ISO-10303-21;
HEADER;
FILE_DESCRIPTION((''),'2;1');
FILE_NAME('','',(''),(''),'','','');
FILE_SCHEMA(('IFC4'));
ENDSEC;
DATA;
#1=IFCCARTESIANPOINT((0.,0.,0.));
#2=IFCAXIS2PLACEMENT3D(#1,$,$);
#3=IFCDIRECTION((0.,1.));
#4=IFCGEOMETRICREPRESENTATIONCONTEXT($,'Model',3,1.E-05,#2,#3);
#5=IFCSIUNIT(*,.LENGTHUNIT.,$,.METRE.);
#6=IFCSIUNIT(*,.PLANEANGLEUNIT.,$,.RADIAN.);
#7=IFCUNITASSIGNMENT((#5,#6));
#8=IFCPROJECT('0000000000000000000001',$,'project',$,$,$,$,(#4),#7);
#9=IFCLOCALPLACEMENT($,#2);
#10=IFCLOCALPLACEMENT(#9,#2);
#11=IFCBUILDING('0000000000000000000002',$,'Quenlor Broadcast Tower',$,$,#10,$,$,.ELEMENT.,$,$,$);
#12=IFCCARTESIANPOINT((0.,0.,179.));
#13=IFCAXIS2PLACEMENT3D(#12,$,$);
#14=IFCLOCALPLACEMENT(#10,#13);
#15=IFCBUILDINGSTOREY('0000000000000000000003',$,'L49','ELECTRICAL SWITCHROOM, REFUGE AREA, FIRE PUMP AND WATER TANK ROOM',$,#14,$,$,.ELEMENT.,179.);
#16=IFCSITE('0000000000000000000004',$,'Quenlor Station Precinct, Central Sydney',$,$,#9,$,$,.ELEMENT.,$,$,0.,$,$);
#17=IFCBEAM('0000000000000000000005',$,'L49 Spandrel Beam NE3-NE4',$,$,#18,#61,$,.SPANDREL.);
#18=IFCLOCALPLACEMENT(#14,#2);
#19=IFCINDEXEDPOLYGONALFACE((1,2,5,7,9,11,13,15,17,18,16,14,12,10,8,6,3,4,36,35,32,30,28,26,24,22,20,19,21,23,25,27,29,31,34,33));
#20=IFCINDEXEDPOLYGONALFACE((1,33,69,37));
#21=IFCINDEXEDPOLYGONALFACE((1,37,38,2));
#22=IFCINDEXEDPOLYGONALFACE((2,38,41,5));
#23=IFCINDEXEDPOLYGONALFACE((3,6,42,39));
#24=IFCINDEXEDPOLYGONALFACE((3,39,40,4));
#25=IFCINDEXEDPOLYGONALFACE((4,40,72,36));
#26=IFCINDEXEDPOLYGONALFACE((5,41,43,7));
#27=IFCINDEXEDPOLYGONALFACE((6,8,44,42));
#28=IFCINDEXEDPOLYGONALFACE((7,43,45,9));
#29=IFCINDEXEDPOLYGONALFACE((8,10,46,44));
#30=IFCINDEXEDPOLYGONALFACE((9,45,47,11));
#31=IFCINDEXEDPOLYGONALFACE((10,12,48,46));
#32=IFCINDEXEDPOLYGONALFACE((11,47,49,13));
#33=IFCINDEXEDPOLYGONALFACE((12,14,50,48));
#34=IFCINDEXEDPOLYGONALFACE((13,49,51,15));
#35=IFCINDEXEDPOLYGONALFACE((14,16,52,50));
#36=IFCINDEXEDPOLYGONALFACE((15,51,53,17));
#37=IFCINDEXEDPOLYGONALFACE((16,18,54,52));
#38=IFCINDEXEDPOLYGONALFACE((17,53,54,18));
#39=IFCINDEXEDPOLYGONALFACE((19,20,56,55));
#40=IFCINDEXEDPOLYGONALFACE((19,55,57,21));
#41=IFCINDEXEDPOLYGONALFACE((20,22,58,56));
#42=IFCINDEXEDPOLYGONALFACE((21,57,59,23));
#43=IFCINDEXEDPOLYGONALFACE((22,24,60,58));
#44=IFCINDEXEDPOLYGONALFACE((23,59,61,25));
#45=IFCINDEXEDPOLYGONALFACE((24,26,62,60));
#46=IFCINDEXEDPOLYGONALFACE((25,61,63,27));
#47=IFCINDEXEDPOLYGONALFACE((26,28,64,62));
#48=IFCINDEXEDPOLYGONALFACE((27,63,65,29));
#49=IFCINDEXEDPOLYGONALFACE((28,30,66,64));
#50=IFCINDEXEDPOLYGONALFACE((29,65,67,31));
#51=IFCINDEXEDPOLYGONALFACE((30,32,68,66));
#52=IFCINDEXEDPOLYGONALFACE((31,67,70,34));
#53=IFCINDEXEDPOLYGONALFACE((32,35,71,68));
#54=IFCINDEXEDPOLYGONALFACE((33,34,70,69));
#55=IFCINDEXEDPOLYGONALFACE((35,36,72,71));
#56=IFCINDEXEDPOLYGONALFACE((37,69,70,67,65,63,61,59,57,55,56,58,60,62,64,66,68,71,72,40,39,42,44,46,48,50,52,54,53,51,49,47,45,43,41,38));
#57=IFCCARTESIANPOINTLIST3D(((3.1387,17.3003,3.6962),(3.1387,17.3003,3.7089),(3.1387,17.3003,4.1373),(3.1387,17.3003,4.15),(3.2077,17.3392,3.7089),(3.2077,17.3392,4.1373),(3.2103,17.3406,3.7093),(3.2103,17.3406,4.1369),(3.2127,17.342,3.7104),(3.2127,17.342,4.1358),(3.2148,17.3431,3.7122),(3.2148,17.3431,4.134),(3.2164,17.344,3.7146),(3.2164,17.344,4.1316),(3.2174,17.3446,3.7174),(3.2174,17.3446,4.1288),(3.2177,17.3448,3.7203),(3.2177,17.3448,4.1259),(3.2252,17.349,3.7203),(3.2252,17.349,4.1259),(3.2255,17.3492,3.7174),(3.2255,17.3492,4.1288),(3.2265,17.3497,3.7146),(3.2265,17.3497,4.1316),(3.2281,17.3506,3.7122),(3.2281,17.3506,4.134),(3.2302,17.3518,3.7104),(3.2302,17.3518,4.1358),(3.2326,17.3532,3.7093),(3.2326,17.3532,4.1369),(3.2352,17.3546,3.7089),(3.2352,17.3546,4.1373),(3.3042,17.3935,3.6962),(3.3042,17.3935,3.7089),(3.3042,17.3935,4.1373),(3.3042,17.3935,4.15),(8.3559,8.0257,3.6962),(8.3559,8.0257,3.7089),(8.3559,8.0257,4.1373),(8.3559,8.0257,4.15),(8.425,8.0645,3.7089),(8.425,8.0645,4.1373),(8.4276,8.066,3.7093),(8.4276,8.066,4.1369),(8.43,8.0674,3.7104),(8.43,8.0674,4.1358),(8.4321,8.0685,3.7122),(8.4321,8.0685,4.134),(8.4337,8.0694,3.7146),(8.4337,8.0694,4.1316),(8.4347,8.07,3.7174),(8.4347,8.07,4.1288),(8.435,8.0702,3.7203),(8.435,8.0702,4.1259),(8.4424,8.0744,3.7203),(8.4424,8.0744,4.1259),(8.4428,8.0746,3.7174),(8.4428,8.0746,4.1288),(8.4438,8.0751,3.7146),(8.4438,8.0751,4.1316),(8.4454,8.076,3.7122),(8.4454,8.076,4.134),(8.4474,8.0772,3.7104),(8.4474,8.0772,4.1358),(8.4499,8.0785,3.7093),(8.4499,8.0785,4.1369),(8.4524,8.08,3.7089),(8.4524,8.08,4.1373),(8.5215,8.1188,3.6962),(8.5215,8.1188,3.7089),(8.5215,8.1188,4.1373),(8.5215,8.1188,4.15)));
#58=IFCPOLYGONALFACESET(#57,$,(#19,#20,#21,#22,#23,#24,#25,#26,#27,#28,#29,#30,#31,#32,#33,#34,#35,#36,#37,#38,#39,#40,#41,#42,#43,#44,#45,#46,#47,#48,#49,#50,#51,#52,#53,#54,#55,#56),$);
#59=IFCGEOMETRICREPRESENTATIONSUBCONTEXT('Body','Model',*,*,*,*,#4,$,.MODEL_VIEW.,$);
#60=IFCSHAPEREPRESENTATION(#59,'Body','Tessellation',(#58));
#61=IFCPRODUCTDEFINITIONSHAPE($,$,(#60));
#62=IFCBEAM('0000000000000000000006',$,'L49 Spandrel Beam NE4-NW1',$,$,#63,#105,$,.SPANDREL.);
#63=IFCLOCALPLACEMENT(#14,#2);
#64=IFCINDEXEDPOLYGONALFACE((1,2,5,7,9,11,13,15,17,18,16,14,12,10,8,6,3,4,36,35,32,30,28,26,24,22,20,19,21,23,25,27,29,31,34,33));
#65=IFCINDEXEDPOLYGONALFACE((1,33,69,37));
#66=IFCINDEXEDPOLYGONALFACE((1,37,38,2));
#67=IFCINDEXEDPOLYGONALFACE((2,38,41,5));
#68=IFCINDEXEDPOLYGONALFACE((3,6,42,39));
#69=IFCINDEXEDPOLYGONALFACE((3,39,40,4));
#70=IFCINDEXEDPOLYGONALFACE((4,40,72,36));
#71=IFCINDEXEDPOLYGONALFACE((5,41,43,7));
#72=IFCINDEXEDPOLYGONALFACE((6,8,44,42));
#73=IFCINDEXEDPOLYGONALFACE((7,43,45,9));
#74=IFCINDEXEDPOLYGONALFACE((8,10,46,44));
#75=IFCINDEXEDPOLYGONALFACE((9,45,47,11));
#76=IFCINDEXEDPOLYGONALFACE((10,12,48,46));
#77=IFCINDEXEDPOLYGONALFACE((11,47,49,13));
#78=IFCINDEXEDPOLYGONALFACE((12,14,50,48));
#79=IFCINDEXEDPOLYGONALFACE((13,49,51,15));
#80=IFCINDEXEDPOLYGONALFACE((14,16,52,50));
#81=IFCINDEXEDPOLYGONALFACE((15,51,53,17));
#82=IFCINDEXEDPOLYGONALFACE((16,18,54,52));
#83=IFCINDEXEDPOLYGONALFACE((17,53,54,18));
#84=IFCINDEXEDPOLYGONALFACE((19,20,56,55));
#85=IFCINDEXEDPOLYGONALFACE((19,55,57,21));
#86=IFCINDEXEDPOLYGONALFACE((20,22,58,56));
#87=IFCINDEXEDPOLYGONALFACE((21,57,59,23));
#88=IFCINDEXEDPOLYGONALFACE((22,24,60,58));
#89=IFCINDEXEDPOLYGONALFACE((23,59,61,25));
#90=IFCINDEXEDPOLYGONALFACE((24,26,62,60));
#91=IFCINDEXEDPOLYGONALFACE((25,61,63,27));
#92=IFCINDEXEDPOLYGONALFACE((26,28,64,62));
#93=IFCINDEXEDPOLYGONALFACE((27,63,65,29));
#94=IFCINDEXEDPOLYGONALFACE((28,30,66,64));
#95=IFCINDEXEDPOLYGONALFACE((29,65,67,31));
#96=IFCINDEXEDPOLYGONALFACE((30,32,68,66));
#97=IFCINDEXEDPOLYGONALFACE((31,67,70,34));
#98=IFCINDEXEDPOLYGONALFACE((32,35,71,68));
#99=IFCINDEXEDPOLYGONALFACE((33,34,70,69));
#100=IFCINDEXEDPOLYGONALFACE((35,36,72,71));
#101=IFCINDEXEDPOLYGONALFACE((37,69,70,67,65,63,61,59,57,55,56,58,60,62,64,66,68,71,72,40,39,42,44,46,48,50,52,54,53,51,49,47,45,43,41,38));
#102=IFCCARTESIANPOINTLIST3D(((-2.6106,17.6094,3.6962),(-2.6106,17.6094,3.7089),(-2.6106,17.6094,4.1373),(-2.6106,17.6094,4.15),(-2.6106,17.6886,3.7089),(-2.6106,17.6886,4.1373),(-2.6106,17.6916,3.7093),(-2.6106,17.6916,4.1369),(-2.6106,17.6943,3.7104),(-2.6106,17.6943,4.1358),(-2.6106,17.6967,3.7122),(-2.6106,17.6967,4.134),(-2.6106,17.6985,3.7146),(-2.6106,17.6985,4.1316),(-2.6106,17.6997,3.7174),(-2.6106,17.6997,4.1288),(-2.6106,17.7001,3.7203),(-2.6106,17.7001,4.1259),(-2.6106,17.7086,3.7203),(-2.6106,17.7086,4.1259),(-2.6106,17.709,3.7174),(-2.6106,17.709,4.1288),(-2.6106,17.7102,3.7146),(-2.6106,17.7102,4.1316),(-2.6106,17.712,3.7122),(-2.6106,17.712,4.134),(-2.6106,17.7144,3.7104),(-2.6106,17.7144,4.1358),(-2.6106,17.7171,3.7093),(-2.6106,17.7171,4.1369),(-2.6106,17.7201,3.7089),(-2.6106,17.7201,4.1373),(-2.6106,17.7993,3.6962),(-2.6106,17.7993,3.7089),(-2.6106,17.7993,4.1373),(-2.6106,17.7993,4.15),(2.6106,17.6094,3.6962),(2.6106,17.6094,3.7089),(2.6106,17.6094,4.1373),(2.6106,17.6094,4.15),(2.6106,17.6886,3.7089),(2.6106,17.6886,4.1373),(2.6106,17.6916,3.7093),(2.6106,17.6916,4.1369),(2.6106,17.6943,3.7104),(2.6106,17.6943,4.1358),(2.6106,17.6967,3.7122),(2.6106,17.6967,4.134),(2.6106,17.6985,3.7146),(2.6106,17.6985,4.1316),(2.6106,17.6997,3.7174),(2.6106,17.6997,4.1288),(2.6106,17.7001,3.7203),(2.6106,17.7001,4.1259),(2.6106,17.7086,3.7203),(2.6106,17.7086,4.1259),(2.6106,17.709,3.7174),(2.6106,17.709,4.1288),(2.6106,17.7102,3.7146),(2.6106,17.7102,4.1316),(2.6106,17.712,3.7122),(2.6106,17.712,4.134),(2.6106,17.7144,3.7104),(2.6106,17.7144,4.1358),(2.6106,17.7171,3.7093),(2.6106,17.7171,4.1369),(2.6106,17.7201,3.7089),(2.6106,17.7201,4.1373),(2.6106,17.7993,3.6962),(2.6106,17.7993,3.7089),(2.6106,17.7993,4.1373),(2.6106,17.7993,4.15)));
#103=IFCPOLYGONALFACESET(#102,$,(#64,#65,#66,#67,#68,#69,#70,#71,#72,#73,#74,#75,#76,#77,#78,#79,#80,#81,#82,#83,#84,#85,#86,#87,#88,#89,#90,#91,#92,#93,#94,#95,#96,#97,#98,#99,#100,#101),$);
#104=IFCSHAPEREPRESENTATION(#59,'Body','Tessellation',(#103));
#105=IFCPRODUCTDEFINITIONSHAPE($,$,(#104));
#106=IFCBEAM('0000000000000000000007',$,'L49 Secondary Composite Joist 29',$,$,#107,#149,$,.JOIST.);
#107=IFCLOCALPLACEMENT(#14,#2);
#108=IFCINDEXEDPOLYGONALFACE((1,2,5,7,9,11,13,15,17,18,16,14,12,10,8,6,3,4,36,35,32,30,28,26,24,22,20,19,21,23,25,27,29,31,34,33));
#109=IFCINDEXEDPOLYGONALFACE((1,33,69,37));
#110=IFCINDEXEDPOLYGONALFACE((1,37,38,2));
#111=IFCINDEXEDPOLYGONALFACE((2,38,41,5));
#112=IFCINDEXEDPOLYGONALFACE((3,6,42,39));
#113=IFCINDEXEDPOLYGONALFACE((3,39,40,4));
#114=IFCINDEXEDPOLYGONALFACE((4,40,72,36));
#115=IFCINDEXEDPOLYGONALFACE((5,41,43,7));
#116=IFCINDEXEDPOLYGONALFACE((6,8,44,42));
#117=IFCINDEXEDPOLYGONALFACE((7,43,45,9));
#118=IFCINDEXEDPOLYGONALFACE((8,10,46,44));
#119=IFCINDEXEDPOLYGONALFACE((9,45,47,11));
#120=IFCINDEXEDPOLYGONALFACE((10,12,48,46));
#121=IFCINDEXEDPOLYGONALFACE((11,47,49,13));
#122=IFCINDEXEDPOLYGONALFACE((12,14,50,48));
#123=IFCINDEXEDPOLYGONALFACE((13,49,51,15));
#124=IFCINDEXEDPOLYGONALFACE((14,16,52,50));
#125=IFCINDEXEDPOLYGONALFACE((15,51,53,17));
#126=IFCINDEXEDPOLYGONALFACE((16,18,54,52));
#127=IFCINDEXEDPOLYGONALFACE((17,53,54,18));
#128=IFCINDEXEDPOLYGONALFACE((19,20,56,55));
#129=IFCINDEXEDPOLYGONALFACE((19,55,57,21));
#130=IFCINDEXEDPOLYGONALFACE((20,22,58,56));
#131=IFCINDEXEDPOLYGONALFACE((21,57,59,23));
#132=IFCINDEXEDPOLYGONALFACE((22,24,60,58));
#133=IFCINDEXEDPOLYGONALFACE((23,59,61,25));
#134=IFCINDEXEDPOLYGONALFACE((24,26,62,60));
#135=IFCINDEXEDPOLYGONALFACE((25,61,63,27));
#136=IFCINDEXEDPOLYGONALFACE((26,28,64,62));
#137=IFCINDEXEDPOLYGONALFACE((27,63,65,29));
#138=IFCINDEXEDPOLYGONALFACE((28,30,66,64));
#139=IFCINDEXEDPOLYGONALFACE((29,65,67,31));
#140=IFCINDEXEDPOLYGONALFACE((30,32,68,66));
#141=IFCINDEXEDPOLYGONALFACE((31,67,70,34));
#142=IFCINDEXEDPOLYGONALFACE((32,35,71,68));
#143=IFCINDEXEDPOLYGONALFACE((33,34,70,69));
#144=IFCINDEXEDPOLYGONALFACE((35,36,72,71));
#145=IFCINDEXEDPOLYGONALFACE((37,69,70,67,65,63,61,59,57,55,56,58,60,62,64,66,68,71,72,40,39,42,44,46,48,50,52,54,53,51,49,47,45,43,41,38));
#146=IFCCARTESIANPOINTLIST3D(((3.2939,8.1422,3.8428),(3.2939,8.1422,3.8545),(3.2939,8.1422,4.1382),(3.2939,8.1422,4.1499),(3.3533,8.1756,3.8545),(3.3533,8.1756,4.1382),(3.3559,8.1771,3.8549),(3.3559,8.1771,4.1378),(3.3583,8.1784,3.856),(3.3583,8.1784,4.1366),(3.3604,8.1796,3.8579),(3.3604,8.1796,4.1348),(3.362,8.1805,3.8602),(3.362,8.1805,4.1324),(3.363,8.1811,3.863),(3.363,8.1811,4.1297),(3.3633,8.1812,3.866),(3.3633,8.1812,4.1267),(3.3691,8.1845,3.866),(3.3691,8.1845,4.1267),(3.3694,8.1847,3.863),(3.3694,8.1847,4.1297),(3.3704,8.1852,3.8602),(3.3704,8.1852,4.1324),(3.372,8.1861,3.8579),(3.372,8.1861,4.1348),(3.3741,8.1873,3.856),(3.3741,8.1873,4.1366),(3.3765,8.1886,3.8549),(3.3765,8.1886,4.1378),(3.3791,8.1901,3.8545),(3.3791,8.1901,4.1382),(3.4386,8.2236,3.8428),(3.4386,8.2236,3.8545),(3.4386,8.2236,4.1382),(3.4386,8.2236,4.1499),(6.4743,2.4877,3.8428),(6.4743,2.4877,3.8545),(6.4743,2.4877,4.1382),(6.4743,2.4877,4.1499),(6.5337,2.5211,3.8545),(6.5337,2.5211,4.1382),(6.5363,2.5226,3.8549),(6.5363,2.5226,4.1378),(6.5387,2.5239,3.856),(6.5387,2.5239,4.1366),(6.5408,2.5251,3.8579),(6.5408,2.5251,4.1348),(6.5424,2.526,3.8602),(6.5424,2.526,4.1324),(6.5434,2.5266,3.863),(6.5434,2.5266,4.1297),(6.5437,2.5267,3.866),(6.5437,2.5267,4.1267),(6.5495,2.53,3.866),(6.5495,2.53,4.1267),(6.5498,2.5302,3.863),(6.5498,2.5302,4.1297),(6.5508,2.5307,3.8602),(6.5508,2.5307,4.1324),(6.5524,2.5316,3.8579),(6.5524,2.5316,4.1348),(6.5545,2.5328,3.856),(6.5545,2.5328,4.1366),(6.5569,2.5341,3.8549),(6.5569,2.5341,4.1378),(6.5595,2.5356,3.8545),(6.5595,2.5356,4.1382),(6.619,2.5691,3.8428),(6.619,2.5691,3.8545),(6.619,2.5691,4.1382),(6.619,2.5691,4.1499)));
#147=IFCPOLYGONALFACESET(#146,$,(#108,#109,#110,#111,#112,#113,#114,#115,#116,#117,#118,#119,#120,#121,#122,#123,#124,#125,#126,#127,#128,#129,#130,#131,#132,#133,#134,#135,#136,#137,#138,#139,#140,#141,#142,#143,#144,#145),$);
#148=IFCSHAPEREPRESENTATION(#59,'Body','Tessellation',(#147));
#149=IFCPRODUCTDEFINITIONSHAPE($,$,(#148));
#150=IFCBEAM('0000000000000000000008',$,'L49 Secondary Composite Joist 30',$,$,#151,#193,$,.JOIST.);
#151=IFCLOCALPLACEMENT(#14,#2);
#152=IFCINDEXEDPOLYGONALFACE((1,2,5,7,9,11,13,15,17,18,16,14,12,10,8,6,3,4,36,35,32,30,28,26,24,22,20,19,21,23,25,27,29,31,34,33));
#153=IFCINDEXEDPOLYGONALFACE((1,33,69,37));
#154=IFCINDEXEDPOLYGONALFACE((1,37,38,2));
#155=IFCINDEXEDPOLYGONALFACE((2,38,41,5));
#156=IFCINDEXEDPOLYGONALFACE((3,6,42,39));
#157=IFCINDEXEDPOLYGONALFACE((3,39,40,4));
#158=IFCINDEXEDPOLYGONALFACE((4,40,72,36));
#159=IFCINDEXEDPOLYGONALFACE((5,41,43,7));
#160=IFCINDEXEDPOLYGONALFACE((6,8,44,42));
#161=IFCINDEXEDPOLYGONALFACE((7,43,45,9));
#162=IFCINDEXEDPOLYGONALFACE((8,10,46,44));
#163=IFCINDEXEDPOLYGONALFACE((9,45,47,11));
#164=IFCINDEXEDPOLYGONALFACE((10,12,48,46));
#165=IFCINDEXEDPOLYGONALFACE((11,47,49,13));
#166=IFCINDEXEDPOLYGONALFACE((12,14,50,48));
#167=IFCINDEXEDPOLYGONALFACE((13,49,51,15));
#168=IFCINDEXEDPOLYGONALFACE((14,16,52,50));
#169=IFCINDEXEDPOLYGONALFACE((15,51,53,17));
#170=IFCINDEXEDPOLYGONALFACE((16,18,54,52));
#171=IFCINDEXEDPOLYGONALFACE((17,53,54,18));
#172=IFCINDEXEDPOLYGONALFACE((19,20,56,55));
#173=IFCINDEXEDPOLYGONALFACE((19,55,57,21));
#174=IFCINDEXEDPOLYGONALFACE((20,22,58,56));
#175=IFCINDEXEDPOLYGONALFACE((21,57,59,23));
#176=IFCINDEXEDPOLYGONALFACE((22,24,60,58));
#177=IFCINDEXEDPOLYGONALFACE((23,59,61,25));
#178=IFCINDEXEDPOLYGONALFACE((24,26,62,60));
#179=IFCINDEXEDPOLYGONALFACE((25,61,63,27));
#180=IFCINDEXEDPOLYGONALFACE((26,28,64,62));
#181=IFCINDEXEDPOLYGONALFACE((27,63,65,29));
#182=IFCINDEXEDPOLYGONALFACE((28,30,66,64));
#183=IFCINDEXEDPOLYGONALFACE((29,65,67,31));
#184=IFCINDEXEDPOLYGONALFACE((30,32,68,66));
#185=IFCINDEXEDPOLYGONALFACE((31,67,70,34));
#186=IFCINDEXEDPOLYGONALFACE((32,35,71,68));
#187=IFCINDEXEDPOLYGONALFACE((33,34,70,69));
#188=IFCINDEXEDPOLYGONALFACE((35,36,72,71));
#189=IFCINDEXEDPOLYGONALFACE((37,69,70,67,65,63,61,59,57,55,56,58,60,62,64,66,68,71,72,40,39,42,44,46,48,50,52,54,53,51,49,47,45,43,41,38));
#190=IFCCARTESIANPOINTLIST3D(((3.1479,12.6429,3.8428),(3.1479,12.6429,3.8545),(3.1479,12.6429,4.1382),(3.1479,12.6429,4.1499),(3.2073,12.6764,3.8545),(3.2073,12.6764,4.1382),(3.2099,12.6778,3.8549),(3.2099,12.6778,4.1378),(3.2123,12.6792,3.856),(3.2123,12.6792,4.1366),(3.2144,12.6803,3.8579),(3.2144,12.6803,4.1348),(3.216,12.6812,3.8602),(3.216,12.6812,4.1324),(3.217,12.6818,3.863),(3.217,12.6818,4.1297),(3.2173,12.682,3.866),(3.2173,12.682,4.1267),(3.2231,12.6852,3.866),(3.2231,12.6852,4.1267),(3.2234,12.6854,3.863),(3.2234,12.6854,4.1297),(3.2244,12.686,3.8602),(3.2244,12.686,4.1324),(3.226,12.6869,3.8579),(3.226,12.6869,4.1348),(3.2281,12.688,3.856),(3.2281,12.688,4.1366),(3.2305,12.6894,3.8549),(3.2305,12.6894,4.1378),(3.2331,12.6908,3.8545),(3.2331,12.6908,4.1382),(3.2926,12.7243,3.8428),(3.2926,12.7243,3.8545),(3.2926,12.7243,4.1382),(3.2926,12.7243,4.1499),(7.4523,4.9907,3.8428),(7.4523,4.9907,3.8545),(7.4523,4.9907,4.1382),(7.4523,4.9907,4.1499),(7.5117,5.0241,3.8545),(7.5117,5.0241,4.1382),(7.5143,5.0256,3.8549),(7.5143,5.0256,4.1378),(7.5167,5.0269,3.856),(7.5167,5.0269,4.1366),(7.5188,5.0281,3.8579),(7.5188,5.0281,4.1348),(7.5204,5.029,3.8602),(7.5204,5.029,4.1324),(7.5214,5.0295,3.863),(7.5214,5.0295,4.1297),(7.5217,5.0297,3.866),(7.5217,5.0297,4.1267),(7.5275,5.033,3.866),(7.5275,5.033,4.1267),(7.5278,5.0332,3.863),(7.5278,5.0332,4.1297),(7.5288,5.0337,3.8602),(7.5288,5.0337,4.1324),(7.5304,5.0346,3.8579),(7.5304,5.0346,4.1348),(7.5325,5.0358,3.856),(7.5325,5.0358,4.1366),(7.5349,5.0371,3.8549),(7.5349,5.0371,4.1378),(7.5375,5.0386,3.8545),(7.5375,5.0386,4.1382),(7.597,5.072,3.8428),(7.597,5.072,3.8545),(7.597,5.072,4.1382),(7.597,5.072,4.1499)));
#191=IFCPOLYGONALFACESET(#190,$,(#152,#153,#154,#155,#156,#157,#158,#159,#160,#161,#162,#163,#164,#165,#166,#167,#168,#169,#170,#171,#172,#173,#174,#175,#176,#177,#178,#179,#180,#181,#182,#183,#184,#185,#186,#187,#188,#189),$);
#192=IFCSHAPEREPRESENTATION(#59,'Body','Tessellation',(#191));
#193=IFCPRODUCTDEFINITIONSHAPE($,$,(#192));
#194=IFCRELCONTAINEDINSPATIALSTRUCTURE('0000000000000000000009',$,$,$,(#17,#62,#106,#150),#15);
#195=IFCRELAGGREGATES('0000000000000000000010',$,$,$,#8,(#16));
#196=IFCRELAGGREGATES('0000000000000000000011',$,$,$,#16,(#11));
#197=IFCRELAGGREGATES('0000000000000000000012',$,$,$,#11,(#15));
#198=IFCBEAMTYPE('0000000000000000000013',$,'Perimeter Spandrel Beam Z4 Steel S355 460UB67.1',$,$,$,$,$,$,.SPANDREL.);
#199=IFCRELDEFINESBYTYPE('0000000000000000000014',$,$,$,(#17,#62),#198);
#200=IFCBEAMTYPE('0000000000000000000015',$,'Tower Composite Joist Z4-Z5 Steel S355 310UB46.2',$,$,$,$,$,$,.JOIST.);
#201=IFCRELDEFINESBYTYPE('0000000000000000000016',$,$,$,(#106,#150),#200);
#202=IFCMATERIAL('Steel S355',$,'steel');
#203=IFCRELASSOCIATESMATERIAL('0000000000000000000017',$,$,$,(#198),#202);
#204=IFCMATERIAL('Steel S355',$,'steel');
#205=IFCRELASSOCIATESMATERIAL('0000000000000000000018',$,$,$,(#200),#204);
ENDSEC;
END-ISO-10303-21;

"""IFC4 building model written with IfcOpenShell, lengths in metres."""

from ifc_helpers import new_model, si_unit, direction, frame, origin, origin_2d, place, context, subcontext, project, spatial, i_section, extrude, material, material_profile, profile_set, type_object, element, save


model = new_model("IFC4")

# Units and contexts
model_context = context("Model", 3, precision=1e-05, world=origin(), true_north=direction((0.0, 1.0)))
body_context = subcontext(model_context, "Body", "Model", "MODEL_VIEW")
ifc_project = project(units=[si_unit("LENGTHUNIT", "METRE"), si_unit("PLANEANGLEUNIT", "RADIAN")], contexts=[model_context])

# Site, building, storey
site_placement = place(None, origin())
site = spatial("IfcSite", under=ifc_project, at=site_placement, Name="Quenlor Station Precinct, Central Sydney", CompositionType="ELEMENT", RefElevation=0.0)
building_placement = place(site_placement, origin())
building = spatial("IfcBuilding", under=site, at=building_placement, Name="Quenlor Broadcast Tower", CompositionType="ELEMENT")
storey_placement = place(building_placement, frame((0.0, 0.0, 179.0)))
storey = spatial("IfcBuildingStorey", under=building, at=storey_placement, Name="L49", Description="ELECTRICAL SWITCHROOM, REFUGE AREA, FIRE PUMP AND WATER TANK ROOM", CompositionType="ELEMENT", Elevation=179.0)

# Beams
ifc_material_1 = material(Name="Steel S355", Category="steel")
ifc_material_profile_1 = material_profile(ifc_material_1, i_section(OverallWidth=0.1899, OverallDepth=0.4539, WebThickness=0.0085, FlangeThickness=0.0127, FilletRadius=0.0115, at=origin_2d()))
ifc_profile_set_1 = profile_set([ifc_material_profile_1], Name="Steel S355 460UB67.1")
beam_type_1 = type_object("IfcBeamType", Name="Perimeter Spandrel Beam Z4 Steel S355 460UB67.1", PredefinedType="SPANDREL", material=ifc_profile_set_1)
beam_1_placement = place(storey_placement, frame((8.4387, 8.0723, 3.9231), z_axis=(-0.490282, 0.871564, 0.0), x_axis=(-0.871564, -0.490282, 0.0)))
element("IfcBeam", 1, at=beam_1_placement, inside=storey, type_object=beam_type_1, Name="L49 Spandrel Beam NE3-NE4", PredefinedType="SPANDREL", context=body_context, shape_type="SweptSolid", body=[
    extrude(i_section(OverallWidth=0.1899, OverallDepth=0.4539, WebThickness=0.0085, FlangeThickness=0.0127, FilletRadius=0.0115, at=origin_2d()), origin(), (0.0, 0.0, 1.0), 10.6414),
])
beam_2_placement = place(storey_placement, frame((2.6106, 17.7043, 3.9231), z_axis=(-1.0, 0.0, 0.0), x_axis=(0.0, -1.0, 0.0)))
element("IfcBeam", 2, at=beam_2_placement, inside=storey, type_object=beam_type_1, Name="L49 Spandrel Beam NE4-NW1", PredefinedType="SPANDREL", context=body_context, shape_type="SweptSolid", body=[
    extrude(i_section(OverallWidth=0.1899, OverallDepth=0.4539, WebThickness=0.0085, FlangeThickness=0.0127, FilletRadius=0.0115, at=origin_2d()), origin(), (0.0, 0.0, 1.0), 5.2212),
])
ifc_material_2 = material(Name="Steel S355", Category="steel")
ifc_material_profile_2 = material_profile(ifc_material_2, i_section(OverallWidth=0.166, OverallDepth=0.3071, WebThickness=0.0066, FlangeThickness=0.0117, FilletRadius=0.0115, at=origin_2d()))
ifc_profile_set_2 = profile_set([ifc_material_profile_2], Name="Steel S355 310UB46.2")
beam_type_2 = type_object("IfcBeamType", Name="Tower Composite Joist Z4-Z5 Steel S355 310UB46.2", PredefinedType="JOIST", material=ifc_profile_set_2)
beam_3_placement = place(storey_placement, frame((3.3662, 8.1829, 3.9963), z_axis=(0.490231, -0.871593, 0.0), x_axis=(0.871593, 0.490231, 0.0)))
element("IfcBeam", 3, at=beam_3_placement, inside=storey, type_object=beam_type_2, Name="L49 Secondary Composite Joist 29", PredefinedType="JOIST", context=body_context, shape_type="SweptSolid", body=[
    extrude(i_section(OverallWidth=0.166, OverallDepth=0.3071, WebThickness=0.0066, FlangeThickness=0.0117, FilletRadius=0.0115, at=origin_2d()), origin(), (0.0, 0.0, 1.0), 6.4875),
])
beam_4_placement = place(storey_placement, frame((3.2202, 12.6836, 3.9963), z_axis=(0.490261, -0.871576, 0.0), x_axis=(0.871576, 0.490261, 0.0)))
element("IfcBeam", 4, at=beam_4_placement, inside=storey, type_object=beam_type_2, Name="L49 Secondary Composite Joist 30", PredefinedType="JOIST", context=body_context, shape_type="SweptSolid", body=[
    extrude(i_section(OverallWidth=0.166, OverallDepth=0.3071, WebThickness=0.0066, FlangeThickness=0.0117, FilletRadius=0.0115, at=origin_2d()), origin(), (0.0, 0.0, 1.0), 8.7798),
])

save(model, "model.ifc")
